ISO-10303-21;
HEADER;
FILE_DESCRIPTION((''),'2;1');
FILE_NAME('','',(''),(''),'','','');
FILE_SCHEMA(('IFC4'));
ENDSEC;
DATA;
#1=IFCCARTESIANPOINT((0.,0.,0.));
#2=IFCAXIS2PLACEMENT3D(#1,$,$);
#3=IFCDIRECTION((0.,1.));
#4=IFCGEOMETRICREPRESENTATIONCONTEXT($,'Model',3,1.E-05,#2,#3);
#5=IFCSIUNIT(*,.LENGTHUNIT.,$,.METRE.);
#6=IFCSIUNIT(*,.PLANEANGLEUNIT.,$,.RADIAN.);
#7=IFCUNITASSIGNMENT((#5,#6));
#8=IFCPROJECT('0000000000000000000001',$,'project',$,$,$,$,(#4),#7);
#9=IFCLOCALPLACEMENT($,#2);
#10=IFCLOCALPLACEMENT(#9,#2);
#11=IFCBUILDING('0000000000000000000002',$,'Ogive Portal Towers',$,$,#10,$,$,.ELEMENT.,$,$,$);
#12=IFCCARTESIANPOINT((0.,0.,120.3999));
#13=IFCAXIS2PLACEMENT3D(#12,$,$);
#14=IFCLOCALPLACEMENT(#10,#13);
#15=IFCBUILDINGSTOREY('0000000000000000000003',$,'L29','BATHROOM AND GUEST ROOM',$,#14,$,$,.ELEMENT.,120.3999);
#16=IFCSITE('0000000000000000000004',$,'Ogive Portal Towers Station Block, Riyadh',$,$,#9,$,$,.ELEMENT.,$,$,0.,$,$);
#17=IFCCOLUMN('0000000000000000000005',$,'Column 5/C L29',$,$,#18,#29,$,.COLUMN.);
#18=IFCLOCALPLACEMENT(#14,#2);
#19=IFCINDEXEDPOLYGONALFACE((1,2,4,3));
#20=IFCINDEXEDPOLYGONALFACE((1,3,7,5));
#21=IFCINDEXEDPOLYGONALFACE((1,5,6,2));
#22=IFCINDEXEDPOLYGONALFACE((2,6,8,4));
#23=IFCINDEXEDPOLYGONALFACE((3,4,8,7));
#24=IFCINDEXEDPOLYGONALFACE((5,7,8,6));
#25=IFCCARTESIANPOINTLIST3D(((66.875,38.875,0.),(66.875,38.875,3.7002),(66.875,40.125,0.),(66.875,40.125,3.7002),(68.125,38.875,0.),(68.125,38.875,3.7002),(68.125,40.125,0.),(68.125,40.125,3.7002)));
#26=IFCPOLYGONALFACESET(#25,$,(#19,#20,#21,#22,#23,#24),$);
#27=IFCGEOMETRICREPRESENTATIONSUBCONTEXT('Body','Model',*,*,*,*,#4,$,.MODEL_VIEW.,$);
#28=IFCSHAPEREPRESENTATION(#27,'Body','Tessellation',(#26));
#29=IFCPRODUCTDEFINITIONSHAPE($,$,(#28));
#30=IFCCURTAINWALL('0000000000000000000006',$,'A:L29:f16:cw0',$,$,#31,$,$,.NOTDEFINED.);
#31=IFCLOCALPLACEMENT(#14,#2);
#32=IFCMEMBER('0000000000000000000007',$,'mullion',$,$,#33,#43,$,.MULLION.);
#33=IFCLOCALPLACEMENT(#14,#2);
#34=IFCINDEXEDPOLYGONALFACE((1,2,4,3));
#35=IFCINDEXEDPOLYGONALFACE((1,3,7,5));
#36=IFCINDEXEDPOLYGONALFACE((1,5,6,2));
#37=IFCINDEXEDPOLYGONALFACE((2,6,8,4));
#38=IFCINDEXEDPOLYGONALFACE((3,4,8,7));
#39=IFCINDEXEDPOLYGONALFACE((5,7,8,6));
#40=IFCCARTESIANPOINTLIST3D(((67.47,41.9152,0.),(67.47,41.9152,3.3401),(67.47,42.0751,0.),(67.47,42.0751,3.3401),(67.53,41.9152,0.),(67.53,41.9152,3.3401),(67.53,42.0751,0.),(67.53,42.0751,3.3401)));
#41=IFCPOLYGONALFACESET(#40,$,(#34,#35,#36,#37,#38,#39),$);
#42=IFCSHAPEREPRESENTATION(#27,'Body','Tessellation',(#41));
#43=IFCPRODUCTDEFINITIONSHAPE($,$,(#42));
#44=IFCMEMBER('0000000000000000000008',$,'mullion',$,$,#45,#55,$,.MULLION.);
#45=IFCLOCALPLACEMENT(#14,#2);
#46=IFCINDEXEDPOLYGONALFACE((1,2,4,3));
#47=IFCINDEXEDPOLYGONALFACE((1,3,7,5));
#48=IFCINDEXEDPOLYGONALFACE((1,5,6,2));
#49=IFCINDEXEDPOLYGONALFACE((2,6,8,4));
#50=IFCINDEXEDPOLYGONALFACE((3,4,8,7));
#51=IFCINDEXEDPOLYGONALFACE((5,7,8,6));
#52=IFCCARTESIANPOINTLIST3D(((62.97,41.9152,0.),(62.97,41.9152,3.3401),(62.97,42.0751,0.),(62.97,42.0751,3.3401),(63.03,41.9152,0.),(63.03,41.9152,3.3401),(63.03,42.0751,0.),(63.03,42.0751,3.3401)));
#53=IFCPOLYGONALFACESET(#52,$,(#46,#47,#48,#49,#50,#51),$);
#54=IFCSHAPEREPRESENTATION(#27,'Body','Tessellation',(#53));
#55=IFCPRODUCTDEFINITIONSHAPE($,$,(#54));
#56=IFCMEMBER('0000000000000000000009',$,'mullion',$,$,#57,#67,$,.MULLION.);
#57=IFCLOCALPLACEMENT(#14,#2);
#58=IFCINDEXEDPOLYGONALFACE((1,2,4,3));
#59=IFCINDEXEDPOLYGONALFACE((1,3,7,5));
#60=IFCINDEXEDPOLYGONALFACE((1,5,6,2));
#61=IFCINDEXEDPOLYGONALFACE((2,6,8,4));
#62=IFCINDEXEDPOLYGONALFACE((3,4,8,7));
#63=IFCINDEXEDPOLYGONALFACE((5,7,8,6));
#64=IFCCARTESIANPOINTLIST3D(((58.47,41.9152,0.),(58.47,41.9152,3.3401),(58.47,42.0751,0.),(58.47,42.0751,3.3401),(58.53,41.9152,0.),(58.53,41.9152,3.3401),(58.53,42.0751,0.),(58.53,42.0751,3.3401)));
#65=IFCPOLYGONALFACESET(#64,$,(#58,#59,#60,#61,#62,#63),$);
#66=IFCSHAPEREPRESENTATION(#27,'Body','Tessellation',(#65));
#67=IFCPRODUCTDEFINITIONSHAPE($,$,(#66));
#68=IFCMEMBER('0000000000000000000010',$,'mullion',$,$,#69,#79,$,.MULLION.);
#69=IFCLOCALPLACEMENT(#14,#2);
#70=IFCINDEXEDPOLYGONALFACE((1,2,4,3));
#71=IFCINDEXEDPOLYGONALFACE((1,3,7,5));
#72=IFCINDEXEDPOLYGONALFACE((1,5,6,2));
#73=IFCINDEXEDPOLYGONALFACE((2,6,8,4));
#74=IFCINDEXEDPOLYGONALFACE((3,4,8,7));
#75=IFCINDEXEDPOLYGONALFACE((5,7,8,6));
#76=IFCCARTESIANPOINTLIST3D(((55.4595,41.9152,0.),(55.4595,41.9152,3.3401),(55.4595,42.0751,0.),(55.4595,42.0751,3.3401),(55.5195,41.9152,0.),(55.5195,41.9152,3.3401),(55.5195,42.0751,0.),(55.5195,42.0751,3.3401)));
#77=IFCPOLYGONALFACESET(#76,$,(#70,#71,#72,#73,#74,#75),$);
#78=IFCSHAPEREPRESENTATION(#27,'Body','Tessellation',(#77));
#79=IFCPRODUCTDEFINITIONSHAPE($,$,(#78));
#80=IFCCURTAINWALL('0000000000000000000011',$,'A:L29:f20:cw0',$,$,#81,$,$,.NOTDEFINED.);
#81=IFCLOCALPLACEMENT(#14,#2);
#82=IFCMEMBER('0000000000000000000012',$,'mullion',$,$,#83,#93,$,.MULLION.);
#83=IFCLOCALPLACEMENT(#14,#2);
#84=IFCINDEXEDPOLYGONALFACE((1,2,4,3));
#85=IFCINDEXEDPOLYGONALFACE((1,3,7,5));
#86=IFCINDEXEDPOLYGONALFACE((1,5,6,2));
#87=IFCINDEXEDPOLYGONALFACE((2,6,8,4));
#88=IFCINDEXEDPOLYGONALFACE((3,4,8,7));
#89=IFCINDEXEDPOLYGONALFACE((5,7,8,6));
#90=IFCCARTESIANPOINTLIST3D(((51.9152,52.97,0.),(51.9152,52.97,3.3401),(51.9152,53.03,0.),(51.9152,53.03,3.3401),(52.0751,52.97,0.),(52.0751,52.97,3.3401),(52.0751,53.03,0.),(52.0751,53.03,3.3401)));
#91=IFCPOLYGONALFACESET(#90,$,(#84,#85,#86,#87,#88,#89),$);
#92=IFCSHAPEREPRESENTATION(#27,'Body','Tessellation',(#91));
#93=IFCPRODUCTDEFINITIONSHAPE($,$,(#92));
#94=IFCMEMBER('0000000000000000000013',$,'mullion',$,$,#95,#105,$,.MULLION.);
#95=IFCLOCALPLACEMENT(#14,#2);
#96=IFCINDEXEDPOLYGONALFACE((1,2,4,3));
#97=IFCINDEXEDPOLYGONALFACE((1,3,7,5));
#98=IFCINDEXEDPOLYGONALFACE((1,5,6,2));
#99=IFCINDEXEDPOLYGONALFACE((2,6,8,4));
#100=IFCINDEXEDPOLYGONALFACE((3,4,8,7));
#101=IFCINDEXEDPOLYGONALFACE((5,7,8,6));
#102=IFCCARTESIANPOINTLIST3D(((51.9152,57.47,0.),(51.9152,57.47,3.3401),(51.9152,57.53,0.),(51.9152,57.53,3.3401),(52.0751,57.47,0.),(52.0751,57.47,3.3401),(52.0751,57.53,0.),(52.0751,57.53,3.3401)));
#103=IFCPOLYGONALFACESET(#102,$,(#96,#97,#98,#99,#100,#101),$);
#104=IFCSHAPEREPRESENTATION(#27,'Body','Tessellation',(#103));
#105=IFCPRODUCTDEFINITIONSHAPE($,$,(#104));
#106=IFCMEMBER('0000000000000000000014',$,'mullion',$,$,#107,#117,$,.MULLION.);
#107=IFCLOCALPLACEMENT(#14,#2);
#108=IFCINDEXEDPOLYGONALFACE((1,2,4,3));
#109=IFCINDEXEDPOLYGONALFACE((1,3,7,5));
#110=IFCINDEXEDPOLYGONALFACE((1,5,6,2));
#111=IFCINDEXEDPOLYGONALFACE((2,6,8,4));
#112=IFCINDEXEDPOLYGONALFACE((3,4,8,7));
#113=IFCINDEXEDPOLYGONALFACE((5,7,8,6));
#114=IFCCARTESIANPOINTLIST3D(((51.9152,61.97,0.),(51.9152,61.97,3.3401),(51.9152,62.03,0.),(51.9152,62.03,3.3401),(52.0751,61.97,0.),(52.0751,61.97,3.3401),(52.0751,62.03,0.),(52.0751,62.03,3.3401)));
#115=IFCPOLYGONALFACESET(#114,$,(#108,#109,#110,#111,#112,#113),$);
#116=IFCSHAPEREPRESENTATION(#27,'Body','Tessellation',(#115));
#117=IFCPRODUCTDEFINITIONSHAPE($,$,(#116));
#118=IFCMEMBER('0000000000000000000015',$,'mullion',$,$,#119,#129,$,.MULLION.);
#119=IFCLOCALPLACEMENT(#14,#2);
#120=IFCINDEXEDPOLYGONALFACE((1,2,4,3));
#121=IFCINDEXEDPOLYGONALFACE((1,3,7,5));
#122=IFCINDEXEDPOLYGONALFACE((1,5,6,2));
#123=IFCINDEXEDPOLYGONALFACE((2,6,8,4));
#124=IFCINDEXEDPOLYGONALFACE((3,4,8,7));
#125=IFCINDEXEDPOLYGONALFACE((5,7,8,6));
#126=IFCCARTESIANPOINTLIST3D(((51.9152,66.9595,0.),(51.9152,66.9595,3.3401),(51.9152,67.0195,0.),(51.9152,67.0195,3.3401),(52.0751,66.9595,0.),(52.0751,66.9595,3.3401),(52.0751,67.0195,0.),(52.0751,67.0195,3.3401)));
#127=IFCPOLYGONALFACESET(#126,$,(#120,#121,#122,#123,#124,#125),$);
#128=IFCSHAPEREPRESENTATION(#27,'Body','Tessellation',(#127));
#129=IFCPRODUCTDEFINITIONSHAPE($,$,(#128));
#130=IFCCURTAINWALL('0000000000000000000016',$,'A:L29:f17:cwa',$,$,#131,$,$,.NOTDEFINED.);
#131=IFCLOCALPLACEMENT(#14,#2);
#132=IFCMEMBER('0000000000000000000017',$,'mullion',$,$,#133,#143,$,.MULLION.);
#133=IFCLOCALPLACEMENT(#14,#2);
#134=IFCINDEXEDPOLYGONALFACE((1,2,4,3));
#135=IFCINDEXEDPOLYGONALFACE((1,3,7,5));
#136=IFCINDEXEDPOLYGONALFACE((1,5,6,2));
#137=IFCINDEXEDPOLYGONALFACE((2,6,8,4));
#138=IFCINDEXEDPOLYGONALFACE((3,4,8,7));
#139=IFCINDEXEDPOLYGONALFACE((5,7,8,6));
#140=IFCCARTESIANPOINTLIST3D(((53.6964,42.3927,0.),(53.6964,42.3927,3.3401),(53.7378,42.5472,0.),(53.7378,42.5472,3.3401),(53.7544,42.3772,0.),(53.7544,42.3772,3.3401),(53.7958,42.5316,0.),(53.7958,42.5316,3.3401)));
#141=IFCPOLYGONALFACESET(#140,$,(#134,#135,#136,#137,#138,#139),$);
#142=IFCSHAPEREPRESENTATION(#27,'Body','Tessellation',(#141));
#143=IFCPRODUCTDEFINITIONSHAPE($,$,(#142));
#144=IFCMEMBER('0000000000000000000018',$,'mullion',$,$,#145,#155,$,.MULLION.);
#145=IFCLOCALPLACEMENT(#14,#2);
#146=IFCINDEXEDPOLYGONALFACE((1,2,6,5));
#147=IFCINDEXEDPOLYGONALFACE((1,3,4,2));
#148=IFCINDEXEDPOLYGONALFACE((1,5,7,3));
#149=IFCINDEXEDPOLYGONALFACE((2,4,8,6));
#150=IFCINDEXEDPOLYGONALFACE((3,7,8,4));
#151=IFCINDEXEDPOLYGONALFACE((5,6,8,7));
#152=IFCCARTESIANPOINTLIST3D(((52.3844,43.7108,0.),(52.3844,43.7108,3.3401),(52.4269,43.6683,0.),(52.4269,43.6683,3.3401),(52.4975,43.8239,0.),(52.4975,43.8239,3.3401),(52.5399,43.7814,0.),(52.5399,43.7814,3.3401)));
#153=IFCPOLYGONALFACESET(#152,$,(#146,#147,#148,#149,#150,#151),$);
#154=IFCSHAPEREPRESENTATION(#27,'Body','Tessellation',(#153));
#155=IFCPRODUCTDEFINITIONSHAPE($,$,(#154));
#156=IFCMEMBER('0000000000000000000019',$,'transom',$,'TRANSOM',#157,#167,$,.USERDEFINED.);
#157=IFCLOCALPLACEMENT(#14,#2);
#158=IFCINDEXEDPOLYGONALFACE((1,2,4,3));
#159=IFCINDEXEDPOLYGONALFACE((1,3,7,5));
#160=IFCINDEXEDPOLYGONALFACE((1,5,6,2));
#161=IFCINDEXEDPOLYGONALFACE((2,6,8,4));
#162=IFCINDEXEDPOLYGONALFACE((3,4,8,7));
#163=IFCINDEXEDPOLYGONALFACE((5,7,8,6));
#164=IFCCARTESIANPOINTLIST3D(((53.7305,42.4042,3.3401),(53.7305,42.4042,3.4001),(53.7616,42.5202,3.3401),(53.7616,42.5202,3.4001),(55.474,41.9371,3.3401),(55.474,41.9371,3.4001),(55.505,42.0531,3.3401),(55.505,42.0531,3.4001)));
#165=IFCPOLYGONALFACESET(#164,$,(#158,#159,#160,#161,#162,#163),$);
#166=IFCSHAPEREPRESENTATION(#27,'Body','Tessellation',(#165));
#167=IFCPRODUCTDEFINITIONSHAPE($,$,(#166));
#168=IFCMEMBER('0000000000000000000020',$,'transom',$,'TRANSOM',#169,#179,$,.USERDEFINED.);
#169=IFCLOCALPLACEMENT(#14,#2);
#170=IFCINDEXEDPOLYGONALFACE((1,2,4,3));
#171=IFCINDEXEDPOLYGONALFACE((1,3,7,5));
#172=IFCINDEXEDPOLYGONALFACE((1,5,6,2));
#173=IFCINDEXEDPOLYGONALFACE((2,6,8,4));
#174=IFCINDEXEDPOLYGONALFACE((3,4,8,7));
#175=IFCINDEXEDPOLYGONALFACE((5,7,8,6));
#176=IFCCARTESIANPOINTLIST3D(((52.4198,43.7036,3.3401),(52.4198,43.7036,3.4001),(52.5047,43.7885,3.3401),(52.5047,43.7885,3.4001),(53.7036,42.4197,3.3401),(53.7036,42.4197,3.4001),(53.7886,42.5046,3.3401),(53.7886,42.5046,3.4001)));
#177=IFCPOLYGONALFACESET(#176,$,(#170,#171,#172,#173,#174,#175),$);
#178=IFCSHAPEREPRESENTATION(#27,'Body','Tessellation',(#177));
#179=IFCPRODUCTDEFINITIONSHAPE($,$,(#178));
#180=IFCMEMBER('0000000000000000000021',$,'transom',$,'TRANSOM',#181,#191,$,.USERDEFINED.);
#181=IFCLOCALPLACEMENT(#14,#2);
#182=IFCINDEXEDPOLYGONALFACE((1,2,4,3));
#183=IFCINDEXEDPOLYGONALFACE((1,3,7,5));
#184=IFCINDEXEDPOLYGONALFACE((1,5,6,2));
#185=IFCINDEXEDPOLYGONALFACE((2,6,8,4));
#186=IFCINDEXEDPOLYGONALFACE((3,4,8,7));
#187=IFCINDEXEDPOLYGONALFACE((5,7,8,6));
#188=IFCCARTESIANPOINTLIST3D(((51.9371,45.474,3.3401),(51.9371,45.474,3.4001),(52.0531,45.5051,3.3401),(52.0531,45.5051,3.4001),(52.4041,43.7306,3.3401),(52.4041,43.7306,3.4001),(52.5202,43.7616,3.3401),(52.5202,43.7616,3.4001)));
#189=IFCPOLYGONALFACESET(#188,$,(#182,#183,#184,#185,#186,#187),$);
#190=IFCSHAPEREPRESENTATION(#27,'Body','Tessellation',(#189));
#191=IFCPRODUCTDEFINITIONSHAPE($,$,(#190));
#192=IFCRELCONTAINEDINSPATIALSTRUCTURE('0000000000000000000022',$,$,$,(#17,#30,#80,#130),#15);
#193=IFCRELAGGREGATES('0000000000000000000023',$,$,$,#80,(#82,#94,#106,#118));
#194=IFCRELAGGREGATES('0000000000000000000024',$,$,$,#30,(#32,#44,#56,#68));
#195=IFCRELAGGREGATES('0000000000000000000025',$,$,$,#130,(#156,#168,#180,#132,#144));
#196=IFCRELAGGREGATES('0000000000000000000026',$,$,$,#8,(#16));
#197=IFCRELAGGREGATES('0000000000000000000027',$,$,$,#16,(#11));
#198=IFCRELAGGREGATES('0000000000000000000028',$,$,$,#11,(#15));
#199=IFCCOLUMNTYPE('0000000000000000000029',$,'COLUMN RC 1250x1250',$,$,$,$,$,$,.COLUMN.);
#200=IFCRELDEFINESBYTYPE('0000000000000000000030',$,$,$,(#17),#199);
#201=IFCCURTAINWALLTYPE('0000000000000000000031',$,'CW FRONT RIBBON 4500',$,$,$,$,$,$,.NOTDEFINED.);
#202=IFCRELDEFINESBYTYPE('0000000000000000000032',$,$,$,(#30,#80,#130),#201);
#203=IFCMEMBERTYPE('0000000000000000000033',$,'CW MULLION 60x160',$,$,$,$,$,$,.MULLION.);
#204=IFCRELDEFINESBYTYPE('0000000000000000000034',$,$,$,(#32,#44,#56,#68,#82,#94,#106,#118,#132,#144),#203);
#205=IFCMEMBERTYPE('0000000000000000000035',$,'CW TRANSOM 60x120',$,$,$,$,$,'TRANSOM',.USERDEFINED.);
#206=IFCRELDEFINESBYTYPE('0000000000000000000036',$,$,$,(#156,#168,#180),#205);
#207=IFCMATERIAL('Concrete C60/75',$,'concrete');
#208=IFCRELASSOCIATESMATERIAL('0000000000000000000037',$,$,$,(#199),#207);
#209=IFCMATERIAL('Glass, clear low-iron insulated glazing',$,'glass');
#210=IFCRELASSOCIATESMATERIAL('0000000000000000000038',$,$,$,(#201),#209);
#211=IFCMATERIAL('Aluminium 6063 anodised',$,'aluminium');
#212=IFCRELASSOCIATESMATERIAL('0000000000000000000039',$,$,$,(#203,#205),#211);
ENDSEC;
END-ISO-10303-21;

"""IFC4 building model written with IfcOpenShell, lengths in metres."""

from ifc_helpers import new_model, si_unit, direction, frame, origin, origin_2d, place, context, subcontext, project, spatial, rectangle, extrude, material, material_profile, profile_set, type_object, element, aggregate, save


model = new_model("IFC4")

# Units and contexts
model_context = context("Model", 3, precision=1e-05, world=origin(), true_north=direction((0.0, 1.0)))
body_context = subcontext(model_context, "Body", "Model", "MODEL_VIEW")
ifc_project = project(units=[si_unit("LENGTHUNIT", "METRE"), si_unit("PLANEANGLEUNIT", "RADIAN")], contexts=[model_context])

# Site, building, storey
site_placement = place(None, origin())
site = spatial("IfcSite", under=ifc_project, at=site_placement, Name="Ogive Portal Towers Station Block, Riyadh", CompositionType="ELEMENT", RefElevation=0.0)
building_placement = place(site_placement, origin())
building = spatial("IfcBuilding", under=site, at=building_placement, Name="Ogive Portal Towers", CompositionType="ELEMENT")
storey_placement = place(building_placement, frame((0.0, 0.0, 120.3999)))
storey = spatial("IfcBuildingStorey", under=building, at=storey_placement, Name="L29", Description="BATHROOM AND GUEST ROOM", CompositionType="ELEMENT", Elevation=120.3999)

# Column
ifc_material_1 = material(Name="Concrete C60/75", Category="concrete")
ifc_material_profile_1 = material_profile(ifc_material_1, rectangle(XDim=1.25, YDim=1.25, at=origin_2d()), Name="RC 1250x1250")
ifc_profile_set_1 = profile_set([ifc_material_profile_1], Name="Concrete C60/75")
column_type = type_object("IfcColumnType", Name="COLUMN RC 1250x1250", PredefinedType="COLUMN", material=ifc_profile_set_1)
column_placement = place(storey_placement, frame((67.5, 39.5, 0.0), z_axis=(0.0, 0.0, 1.0), x_axis=(1.0, 0.0, 0.0)))
element("IfcColumn", 1, at=column_placement, inside=storey, type_object=column_type, Name="Column 5/C L29", PredefinedType="COLUMN", context=body_context, shape_type="SweptSolid", body=[
    extrude(rectangle(XDim=1.25, YDim=1.25, at=origin_2d()), origin(), (0.0, 0.0, 1.0), 3.7002),
])

# Curtain walls, members
ifc_material_2 = material(Name="Glass, clear low-iron insulated glazing", Category="glass")
curtain_wall_type = type_object("IfcCurtainWallType", Name="CW FRONT RIBBON 4500", PredefinedType="NOTDEFINED", material=ifc_material_2)
curtain_wall_1_placement = place(storey_placement, origin())
curtain_wall_1 = element("IfcCurtainWall", 2, at=curtain_wall_1_placement, inside=storey, type_object=curtain_wall_type, Name="A:L29:f16:cw0", PredefinedType="NOTDEFINED")
ifc_material_3 = material(Name="Aluminium 6063 anodised", Category="aluminium")
ifc_material_profile_2 = material_profile(ifc_material_3, rectangle(XDim=0.1599, YDim=0.0601, at=origin_2d()), Name="AL 60x160")
ifc_profile_set_2 = profile_set([ifc_material_profile_2], Name="Aluminium 6063 anodised")
member_type_1 = type_object("IfcMemberType", Name="CW MULLION 60x160", PredefinedType="MULLION", material=ifc_profile_set_2)
member_1_placement = place(storey_placement, frame((67.5, 41.9951, 0.0), z_axis=(0.0, 0.0, 1.0), x_axis=(0.0, -1.0, 0.0)))
member_1 = element("IfcMember", 3, at=member_1_placement, type_object=member_type_1, Name="mullion", PredefinedType="MULLION", context=body_context, shape_type="SweptSolid", body=[
    extrude(rectangle(XDim=0.1599, YDim=0.0601, at=origin_2d()), origin(), (0.0, 0.0, 1.0), 3.3401),
])
member_2_placement = place(storey_placement, frame((63.0, 41.9951, 0.0), z_axis=(0.0, 0.0, 1.0), x_axis=(0.0, -1.0, 0.0)))
member_2 = element("IfcMember", 4, at=member_2_placement, type_object=member_type_1, Name="mullion", PredefinedType="MULLION", context=body_context, shape_type="SweptSolid", body=[
    extrude(rectangle(XDim=0.1599, YDim=0.0601, at=origin_2d()), origin(), (0.0, 0.0, 1.0), 3.3401),
])
member_3_placement = place(storey_placement, frame((58.5, 41.9951, 0.0), z_axis=(0.0, 0.0, 1.0), x_axis=(0.0, -1.0, 0.0)))
member_3 = element("IfcMember", 5, at=member_3_placement, type_object=member_type_1, Name="mullion", PredefinedType="MULLION", context=body_context, shape_type="SweptSolid", body=[
    extrude(rectangle(XDim=0.1599, YDim=0.0601, at=origin_2d()), origin(), (0.0, 0.0, 1.0), 3.3401),
])
member_4_placement = place(storey_placement, frame((55.4895, 41.9951, 0.0), z_axis=(0.0, 0.0, 1.0), x_axis=(0.0, -1.0, 0.0)))
member_4 = element("IfcMember", 6, at=member_4_placement, type_object=member_type_1, Name="mullion", PredefinedType="MULLION", context=body_context, shape_type="SweptSolid", body=[
    extrude(rectangle(XDim=0.1599, YDim=0.0601, at=origin_2d()), origin(), (0.0, 0.0, 1.0), 3.3401),
])
curtain_wall_2_placement = place(storey_placement, origin())
curtain_wall_2 = element("IfcCurtainWall", 7, at=curtain_wall_2_placement, inside=storey, type_object=curtain_wall_type, Name="A:L29:f20:cw0", PredefinedType="NOTDEFINED")
member_5_placement = place(storey_placement, frame((51.9951, 53.0, 0.0), z_axis=(0.0, 0.0, 1.0), x_axis=(-1.0, 0.0, 0.0)))
member_5 = element("IfcMember", 8, at=member_5_placement, type_object=member_type_1, Name="mullion", PredefinedType="MULLION", context=body_context, shape_type="SweptSolid", body=[
    extrude(rectangle(XDim=0.1599, YDim=0.0601, at=origin_2d()), origin(), (0.0, 0.0, 1.0), 3.3401),
])
member_6_placement = place(storey_placement, frame((51.9951, 57.5, 0.0), z_axis=(0.0, 0.0, 1.0), x_axis=(-1.0, 0.0, 0.0)))
member_6 = element("IfcMember", 9, at=member_6_placement, type_object=member_type_1, Name="mullion", PredefinedType="MULLION", context=body_context, shape_type="SweptSolid", body=[
    extrude(rectangle(XDim=0.1599, YDim=0.0601, at=origin_2d()), origin(), (0.0, 0.0, 1.0), 3.3401),
])
member_7_placement = place(storey_placement, frame((51.9951, 62.0, 0.0), z_axis=(0.0, 0.0, 1.0), x_axis=(-1.0, 0.0, 0.0)))
member_7 = element("IfcMember", 10, at=member_7_placement, type_object=member_type_1, Name="mullion", PredefinedType="MULLION", context=body_context, shape_type="SweptSolid", body=[
    extrude(rectangle(XDim=0.1599, YDim=0.0601, at=origin_2d()), origin(), (0.0, 0.0, 1.0), 3.3401),
])
member_8_placement = place(storey_placement, frame((51.9951, 66.9895, 0.0), z_axis=(0.0, 0.0, 1.0), x_axis=(-1.0, 0.0, 0.0)))
member_8 = element("IfcMember", 11, at=member_8_placement, type_object=member_type_1, Name="mullion", PredefinedType="MULLION", context=body_context, shape_type="SweptSolid", body=[
    extrude(rectangle(XDim=0.1599, YDim=0.0601, at=origin_2d()), origin(), (0.0, 0.0, 1.0), 3.3401),
])
aggregate(curtain_wall_2, [member_5, member_6, member_7, member_8])
curtain_wall_3_placement = place(storey_placement, origin())
curtain_wall_3 = element("IfcCurtainWall", 12, at=curtain_wall_3_placement, inside=storey, type_object=curtain_wall_type, Name="A:L29:f17:cwa", PredefinedType="NOTDEFINED")
member_9_placement = place(storey_placement, frame((53.7461, 42.4622, 0.0), z_axis=(0.0, 0.0, 1.0), x_axis=(-0.258819, -0.965926, 0.0)))
member_9 = element("IfcMember", 13, at=member_9_placement, type_object=member_type_1, Name="mullion", PredefinedType="MULLION", context=body_context, shape_type="SweptSolid", body=[
    extrude(rectangle(XDim=0.1599, YDim=0.0601, at=origin_2d()), origin(), (0.0, 0.0, 1.0), 3.3401),
])
member_10_placement = place(storey_placement, frame((52.4622, 43.7461, 0.0), z_axis=(0.0, 0.0, 1.0), x_axis=(-0.707107, -0.707107, 0.0)))
member_10 = element("IfcMember", 14, at=member_10_placement, type_object=member_type_1, Name="mullion", PredefinedType="MULLION", context=body_context, shape_type="SweptSolid", body=[
    extrude(rectangle(XDim=0.1599, YDim=0.0601, at=origin_2d()), origin(), (0.0, 0.0, 1.0), 3.3401),
])
ifc_material_profile_3 = material_profile(ifc_material_3, rectangle(XDim=0.1201, YDim=0.0601, at=origin_2d()), Name="AL 120x60")
ifc_profile_set_3 = profile_set([ifc_material_profile_3], Name="Aluminium 6063 anodised")
member_type_2 = type_object("IfcMemberType", Name="CW TRANSOM 60x120", ElementType="TRANSOM", PredefinedType="USERDEFINED", material=ifc_profile_set_3)
member_11_placement = place(storey_placement, frame((55.4895, 41.9951, 3.3701), z_axis=(-0.96594, 0.258765, 0.0), x_axis=(-0.258765, -0.96594, 0.0)))
member_11 = element("IfcMember", 15, at=member_11_placement, type_object=member_type_2, Name="transom", ObjectType="TRANSOM", PredefinedType="USERDEFINED", context=body_context, shape_type="SweptSolid", body=[
    extrude(rectangle(XDim=0.1201, YDim=0.0601, at=origin_2d()), origin(), (0.0, 0.0, 1.0), 1.8049),
])
member_12_placement = place(storey_placement, frame((53.7461, 42.4622, 3.3701), z_axis=(-0.707107, 0.707107, 0.0), x_axis=(-0.707107, -0.707107, 0.0)))
member_12 = element("IfcMember", 16, at=member_12_placement, type_object=member_type_2, Name="transom", ObjectType="TRANSOM", PredefinedType="USERDEFINED", context=body_context, shape_type="SweptSolid", body=[
    extrude(rectangle(XDim=0.1201, YDim=0.0601, at=origin_2d()), origin(), (0.0, 0.0, 1.0), 1.8157),
])
member_13_placement = place(storey_placement, frame((52.4622, 43.7461, 3.3701), z_axis=(-0.258765, 0.96594, 0.0), x_axis=(-0.96594, -0.258765, 0.0)))
member_13 = element("IfcMember", 17, at=member_13_placement, type_object=member_type_2, Name="transom", ObjectType="TRANSOM", PredefinedType="USERDEFINED", context=body_context, shape_type="SweptSolid", body=[
    extrude(rectangle(XDim=0.1201, YDim=0.0601, at=origin_2d()), origin(), (0.0, 0.0, 1.0), 1.8049),
])

aggregate(curtain_wall_1, [member_1, member_2, member_3, member_4])
aggregate(curtain_wall_3, [member_11, member_12, member_13, member_9, member_10])

save(model, "model.ifc")
